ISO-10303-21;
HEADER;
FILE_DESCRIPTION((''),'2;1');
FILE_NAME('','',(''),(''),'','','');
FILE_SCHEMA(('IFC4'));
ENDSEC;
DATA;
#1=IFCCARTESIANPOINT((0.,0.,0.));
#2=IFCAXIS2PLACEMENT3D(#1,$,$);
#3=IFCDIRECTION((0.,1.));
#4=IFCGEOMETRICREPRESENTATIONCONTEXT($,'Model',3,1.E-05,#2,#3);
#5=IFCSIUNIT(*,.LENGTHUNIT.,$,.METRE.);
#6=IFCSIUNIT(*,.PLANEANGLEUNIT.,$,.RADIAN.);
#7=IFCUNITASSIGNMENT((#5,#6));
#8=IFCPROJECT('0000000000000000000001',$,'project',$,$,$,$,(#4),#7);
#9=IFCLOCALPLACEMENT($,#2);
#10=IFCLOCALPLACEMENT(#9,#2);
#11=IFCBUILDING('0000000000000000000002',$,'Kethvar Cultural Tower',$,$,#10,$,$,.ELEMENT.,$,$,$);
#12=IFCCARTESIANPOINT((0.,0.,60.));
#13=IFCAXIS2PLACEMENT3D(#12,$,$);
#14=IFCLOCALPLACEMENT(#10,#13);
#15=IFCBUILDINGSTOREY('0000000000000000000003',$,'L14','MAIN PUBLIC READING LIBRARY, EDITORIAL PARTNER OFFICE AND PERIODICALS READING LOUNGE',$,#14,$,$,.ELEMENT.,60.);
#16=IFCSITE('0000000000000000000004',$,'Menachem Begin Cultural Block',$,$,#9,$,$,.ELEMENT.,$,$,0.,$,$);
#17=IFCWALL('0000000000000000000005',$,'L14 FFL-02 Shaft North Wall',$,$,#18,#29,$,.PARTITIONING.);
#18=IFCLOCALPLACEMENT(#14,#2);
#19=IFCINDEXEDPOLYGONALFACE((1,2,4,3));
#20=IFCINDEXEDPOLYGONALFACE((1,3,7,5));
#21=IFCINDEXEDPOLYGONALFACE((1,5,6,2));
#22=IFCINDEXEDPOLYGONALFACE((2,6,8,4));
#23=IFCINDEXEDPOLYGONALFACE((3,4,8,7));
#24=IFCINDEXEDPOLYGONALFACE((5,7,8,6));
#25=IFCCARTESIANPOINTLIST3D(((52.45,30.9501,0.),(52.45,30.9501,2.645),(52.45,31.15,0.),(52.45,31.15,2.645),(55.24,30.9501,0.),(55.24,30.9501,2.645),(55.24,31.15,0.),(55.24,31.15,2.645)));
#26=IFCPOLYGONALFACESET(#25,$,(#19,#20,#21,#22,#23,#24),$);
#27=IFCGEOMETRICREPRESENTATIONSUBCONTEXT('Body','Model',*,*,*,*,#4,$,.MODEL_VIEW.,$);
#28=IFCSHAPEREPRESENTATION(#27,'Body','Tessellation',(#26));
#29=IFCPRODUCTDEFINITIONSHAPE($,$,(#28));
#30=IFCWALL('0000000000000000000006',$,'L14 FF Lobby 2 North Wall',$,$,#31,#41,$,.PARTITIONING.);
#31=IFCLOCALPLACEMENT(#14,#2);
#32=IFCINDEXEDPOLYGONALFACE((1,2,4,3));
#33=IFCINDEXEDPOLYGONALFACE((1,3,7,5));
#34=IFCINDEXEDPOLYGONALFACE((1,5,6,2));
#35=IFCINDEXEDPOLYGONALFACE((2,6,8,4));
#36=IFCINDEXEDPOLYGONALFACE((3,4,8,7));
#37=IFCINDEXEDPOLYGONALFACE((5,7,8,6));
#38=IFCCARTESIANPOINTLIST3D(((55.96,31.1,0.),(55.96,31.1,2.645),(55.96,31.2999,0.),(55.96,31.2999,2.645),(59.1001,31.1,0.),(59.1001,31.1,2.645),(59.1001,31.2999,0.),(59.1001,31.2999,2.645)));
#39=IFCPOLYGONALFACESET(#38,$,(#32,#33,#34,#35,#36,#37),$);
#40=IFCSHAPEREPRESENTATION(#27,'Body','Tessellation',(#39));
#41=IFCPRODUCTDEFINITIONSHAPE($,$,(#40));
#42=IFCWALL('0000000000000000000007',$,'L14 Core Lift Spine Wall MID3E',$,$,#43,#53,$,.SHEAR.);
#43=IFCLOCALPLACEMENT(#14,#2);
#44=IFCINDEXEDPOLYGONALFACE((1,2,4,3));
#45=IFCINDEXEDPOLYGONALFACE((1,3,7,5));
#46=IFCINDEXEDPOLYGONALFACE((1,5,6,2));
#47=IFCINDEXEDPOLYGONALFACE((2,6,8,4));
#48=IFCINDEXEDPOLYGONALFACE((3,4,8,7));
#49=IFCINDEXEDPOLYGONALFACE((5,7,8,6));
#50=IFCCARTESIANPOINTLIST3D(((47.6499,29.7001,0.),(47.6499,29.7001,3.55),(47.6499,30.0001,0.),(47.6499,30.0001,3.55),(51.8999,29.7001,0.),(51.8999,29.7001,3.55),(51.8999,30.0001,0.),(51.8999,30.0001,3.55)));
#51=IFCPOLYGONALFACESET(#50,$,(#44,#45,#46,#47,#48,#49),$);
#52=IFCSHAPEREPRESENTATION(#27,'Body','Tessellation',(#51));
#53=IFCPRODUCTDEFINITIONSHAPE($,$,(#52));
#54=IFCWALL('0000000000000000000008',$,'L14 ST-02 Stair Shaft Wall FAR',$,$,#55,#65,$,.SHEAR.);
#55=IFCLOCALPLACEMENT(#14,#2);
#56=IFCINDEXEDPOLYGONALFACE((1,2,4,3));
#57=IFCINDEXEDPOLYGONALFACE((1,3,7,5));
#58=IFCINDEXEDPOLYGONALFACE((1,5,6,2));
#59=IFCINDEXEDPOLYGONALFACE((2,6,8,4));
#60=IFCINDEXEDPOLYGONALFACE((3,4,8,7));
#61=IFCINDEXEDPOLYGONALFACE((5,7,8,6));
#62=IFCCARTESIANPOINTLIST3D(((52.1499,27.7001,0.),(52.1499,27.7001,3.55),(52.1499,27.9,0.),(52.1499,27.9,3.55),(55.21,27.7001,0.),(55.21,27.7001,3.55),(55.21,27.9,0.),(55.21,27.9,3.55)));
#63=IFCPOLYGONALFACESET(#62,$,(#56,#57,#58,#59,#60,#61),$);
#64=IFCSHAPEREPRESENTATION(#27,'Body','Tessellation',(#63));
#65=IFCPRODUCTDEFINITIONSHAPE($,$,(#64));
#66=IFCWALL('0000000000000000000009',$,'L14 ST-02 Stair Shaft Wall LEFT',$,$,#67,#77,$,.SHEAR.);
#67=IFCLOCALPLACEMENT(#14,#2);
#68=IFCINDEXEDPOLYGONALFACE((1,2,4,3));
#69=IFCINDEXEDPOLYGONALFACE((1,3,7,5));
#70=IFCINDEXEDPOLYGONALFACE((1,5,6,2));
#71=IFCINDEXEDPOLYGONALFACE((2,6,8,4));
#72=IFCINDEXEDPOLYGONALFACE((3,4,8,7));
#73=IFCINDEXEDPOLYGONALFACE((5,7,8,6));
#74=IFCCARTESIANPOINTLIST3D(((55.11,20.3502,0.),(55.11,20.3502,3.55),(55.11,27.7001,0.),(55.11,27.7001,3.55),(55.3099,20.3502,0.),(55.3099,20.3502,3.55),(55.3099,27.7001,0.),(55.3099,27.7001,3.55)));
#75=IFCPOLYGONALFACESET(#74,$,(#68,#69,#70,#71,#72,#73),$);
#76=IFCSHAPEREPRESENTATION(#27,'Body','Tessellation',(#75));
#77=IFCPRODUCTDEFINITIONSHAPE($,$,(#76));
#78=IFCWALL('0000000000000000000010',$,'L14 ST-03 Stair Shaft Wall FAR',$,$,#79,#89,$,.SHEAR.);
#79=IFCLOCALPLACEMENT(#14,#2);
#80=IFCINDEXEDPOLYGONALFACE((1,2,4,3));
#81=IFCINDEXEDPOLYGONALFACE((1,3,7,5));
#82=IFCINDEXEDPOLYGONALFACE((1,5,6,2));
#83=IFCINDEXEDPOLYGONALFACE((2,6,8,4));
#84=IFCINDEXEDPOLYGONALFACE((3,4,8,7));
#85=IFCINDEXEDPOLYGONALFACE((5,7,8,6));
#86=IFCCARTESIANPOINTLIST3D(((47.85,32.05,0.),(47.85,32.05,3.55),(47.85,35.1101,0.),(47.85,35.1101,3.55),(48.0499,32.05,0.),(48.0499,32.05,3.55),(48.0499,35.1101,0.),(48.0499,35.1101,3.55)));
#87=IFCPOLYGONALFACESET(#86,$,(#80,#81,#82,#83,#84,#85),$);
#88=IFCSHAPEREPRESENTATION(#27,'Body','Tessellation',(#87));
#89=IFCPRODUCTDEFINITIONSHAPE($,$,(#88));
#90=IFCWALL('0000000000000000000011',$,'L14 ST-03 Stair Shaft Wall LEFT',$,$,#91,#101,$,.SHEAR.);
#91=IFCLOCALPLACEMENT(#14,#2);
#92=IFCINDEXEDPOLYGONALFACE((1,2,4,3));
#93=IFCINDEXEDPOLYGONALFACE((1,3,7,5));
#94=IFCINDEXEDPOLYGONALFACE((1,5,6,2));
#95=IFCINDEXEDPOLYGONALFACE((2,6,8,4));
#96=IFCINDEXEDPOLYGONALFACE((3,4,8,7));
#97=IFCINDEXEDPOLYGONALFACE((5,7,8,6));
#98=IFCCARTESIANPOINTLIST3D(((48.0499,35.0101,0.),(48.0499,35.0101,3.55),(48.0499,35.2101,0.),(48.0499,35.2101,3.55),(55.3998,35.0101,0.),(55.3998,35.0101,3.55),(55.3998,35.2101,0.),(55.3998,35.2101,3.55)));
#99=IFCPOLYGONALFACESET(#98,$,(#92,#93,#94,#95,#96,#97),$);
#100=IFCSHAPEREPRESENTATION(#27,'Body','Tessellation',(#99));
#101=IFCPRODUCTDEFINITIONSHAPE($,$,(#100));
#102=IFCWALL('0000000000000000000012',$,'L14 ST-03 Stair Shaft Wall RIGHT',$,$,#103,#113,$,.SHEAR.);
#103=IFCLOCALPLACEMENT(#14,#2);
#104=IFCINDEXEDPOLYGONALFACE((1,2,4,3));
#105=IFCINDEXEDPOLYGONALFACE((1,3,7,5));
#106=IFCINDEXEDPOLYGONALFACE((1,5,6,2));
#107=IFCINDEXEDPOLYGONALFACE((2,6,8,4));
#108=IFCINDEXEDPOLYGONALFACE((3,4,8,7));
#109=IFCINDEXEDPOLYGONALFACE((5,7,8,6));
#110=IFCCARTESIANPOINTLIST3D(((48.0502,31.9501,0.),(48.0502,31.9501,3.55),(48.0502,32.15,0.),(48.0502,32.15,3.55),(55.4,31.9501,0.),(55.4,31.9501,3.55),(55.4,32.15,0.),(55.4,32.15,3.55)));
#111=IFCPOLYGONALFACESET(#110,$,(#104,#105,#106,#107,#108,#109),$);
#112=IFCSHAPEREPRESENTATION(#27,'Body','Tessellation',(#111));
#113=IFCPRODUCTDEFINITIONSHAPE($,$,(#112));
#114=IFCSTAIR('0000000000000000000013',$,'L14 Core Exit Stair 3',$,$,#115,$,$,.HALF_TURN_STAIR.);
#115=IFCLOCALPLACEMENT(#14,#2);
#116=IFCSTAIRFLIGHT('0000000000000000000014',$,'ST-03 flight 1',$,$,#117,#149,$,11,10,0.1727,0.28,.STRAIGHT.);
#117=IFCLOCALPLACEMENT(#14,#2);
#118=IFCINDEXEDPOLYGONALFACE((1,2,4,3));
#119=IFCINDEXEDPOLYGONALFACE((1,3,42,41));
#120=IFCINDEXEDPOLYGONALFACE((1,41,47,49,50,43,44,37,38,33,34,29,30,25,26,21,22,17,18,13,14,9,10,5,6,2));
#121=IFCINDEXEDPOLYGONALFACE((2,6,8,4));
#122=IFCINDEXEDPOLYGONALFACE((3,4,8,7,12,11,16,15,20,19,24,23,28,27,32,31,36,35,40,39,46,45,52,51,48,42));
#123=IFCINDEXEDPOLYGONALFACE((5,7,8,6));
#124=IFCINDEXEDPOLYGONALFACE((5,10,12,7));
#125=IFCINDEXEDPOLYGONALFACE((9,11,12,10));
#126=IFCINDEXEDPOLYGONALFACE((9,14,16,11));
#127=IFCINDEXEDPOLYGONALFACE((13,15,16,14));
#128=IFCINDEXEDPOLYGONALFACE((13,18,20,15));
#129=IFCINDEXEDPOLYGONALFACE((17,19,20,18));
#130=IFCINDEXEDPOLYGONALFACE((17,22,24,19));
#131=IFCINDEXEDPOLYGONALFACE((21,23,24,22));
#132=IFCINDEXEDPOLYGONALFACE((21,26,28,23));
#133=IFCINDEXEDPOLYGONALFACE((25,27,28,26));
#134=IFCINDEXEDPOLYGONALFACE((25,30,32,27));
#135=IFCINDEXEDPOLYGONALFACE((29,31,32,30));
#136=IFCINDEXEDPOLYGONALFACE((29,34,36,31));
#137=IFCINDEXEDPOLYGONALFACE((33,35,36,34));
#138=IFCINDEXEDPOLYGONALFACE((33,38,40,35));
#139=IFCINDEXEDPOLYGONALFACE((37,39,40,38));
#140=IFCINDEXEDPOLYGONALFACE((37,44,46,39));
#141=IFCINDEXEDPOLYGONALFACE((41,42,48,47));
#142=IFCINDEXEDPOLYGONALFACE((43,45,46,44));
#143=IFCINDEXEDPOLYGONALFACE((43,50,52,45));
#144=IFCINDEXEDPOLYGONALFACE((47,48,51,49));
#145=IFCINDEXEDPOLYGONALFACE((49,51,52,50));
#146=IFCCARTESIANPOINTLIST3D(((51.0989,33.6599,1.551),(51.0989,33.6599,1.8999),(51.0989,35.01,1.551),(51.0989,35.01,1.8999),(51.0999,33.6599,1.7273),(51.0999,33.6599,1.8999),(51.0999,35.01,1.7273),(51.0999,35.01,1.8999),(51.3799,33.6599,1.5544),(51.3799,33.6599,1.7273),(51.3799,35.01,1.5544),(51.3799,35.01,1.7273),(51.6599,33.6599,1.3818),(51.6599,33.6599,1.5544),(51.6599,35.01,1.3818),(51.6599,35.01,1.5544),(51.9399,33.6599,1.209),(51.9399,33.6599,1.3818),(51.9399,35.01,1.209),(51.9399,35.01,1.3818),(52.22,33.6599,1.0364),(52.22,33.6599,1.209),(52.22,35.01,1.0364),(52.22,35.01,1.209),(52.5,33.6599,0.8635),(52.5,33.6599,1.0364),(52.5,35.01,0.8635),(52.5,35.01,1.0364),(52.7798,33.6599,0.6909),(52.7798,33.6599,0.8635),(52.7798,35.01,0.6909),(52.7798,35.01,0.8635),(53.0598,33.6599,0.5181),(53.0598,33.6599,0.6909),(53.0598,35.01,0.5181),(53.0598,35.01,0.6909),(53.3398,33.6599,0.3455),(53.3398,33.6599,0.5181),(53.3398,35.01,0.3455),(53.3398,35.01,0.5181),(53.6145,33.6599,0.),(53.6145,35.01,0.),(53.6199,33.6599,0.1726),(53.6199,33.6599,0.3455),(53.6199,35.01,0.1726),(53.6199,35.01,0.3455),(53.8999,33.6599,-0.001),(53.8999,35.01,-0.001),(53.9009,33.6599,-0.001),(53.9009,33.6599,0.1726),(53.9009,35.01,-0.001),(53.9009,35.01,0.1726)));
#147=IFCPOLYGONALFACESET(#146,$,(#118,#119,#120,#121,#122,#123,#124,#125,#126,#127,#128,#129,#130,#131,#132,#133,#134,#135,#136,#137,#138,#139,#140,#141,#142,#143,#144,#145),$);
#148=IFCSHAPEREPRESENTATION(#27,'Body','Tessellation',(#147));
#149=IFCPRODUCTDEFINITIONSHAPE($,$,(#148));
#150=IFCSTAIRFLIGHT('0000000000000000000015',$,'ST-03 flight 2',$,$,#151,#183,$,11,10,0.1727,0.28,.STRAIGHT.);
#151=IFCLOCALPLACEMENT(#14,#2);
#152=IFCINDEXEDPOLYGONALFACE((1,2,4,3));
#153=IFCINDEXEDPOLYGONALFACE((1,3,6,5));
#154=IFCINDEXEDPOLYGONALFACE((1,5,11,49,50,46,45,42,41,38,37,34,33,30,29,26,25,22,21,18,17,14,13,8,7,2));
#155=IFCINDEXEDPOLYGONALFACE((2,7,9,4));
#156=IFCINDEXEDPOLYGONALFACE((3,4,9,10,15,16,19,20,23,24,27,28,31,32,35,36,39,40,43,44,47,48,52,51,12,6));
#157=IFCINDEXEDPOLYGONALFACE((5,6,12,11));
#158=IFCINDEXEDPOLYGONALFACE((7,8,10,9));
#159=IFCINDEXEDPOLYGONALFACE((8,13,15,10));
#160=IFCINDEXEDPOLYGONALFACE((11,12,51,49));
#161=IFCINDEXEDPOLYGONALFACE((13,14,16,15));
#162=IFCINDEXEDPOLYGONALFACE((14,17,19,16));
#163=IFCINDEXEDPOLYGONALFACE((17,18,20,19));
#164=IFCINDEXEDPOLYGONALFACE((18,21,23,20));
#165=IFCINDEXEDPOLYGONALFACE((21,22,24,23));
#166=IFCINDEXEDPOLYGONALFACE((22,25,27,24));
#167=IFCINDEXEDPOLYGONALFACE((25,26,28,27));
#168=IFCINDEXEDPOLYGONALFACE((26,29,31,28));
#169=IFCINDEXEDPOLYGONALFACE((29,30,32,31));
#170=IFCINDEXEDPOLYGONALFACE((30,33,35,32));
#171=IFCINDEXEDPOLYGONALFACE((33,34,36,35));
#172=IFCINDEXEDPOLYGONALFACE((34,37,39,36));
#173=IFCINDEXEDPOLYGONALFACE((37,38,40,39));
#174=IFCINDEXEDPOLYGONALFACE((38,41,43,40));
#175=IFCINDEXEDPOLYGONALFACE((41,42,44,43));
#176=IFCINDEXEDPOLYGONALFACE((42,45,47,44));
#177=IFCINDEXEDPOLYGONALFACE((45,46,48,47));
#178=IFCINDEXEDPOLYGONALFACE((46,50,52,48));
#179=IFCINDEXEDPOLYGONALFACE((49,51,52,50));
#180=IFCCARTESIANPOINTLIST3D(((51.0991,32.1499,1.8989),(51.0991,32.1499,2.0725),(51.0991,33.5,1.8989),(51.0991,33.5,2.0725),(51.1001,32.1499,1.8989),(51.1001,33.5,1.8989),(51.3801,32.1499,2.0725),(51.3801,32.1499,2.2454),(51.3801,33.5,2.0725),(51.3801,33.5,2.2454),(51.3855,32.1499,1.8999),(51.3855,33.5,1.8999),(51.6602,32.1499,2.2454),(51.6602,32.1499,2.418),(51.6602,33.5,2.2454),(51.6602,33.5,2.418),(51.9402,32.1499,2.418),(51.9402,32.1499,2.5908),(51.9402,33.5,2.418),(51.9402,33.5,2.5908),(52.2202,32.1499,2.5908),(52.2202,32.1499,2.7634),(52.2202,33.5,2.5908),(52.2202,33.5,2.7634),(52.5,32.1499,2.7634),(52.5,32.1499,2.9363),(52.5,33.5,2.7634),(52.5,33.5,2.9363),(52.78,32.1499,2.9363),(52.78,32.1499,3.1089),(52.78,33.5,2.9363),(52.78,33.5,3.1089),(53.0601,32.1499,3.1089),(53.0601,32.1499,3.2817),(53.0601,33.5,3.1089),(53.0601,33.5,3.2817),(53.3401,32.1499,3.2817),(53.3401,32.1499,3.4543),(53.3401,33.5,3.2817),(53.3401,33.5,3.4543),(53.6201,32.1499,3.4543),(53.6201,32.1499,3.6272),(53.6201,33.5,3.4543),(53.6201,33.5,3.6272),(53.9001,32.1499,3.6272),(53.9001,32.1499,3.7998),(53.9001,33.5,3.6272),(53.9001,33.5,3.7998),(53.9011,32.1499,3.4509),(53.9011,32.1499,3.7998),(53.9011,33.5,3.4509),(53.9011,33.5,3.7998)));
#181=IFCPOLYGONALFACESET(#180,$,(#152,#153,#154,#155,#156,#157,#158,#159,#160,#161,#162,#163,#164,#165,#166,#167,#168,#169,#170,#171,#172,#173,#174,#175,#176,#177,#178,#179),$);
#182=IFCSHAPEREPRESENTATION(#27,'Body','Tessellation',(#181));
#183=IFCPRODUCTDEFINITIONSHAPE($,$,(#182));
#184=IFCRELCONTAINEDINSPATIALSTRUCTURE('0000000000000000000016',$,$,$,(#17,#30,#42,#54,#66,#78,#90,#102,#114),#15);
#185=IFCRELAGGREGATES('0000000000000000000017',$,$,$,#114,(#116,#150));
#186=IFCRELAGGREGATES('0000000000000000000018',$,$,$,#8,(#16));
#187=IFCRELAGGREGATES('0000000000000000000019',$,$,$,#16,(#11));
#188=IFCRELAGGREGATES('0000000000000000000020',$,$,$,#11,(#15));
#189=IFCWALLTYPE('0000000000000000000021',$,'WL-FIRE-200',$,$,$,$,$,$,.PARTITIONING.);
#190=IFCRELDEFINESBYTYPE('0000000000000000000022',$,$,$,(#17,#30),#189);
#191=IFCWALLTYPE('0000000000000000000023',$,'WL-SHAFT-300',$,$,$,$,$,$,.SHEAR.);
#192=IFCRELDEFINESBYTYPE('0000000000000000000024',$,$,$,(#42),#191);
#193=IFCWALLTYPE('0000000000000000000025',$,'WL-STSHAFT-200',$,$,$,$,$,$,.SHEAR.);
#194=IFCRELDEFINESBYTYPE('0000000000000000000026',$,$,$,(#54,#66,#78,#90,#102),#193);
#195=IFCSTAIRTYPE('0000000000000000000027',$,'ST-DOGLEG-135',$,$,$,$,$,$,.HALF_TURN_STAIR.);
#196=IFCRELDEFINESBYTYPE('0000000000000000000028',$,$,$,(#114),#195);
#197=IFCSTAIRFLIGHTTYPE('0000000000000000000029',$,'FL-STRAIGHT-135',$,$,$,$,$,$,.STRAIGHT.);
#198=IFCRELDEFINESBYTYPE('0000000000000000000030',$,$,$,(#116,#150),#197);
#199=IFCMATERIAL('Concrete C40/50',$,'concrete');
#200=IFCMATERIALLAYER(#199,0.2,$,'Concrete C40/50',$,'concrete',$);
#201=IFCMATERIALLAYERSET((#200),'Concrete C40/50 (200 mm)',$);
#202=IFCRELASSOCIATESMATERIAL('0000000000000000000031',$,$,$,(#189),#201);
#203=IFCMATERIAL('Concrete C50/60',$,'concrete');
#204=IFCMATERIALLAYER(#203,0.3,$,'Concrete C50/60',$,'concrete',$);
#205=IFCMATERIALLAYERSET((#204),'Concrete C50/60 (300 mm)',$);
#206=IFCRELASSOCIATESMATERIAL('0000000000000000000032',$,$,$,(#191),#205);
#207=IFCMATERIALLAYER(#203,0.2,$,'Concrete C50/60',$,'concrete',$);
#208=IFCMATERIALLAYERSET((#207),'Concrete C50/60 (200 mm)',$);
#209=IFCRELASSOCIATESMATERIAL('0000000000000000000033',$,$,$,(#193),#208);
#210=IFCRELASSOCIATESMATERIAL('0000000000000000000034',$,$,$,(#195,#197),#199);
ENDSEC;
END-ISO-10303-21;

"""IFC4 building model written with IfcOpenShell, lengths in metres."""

from ifc_helpers import new_model, si_unit, direction, frame, frame_2d, origin, place, context, subcontext, project, spatial, polyline, rectangle, outline, extrude, material, layer, layer_set, type_object, element, aggregate, save


model = new_model("IFC4")

# Units and contexts
model_context = context("Model", 3, precision=1e-05, world=origin(), true_north=direction((0.0, 1.0)))
body_context = subcontext(model_context, "Body", "Model", "MODEL_VIEW")
ifc_project = project(units=[si_unit("LENGTHUNIT", "METRE"), si_unit("PLANEANGLEUNIT", "RADIAN")], contexts=[model_context])

# Site, building, storey
site_placement = place(None, origin())
site = spatial("IfcSite", under=ifc_project, at=site_placement, Name="Menachem Begin Cultural Block", CompositionType="ELEMENT", RefElevation=0.0)
building_placement = place(site_placement, origin())
building = spatial("IfcBuilding", under=site, at=building_placement, Name="Kethvar Cultural Tower", CompositionType="ELEMENT")
storey_placement = place(building_placement, frame((0.0, 0.0, 60.0)))
storey = spatial("IfcBuildingStorey", under=building, at=storey_placement, Name="L14", Description="MAIN PUBLIC READING LIBRARY, EDITORIAL PARTNER OFFICE AND PERIODICALS READING LOUNGE", CompositionType="ELEMENT", Elevation=60.0)

# Walls
ifc_material_1 = material(Name="Concrete C40/50", Category="concrete")
ifc_layer_1 = layer(ifc_material_1, 0.2, Name="Concrete C40/50", Category="concrete")
ifc_layer_set_1 = layer_set([ifc_layer_1], Name="Concrete C40/50 (200 mm)")
wall_type_1 = type_object("IfcWallType", Name="WL-FIRE-200", PredefinedType="PARTITIONING", material=ifc_layer_set_1)
for number, where, z_axis, x_axis, name in (
    (1, (52.45, 31.05, 0.0), (0.0, 0.0, 1.0), (1.0, 0.0, 0.0), "L14 FFL-02 Shaft North Wall"),
):
    element("IfcWall", number, at=place(storey_placement, frame(where, z_axis=z_axis, x_axis=x_axis)), inside=storey, type_object=wall_type_1, Name=name, PredefinedType="PARTITIONING", context=body_context, shape_type="SweptSolid", body=[
        extrude(rectangle(XDim=2.79, YDim=0.2, at=frame_2d((1.395, 0.0))), origin(), (0.0, 0.0, 1.0), 2.645),
    ])
wall_1_placement = place(storey_placement, frame((55.96, 31.2, 0.0), z_axis=(0.0, 0.0, 1.0), x_axis=(1.0, 0.0, 0.0)))
element("IfcWall", 2, at=wall_1_placement, inside=storey, type_object=wall_type_1, Name="L14 FF Lobby 2 North Wall", PredefinedType="PARTITIONING", context=body_context, shape_type="SweptSolid", body=[
    extrude(rectangle(XDim=3.1401, YDim=0.2, at=frame_2d((1.5701, 0.0))), origin(), (0.0, 0.0, 1.0), 2.645),
])
ifc_material_2 = material(Name="Concrete C50/60", Category="concrete")
ifc_layer_2 = layer(ifc_material_2, 0.3, Name="Concrete C50/60", Category="concrete")
ifc_layer_set_2 = layer_set([ifc_layer_2], Name="Concrete C50/60 (300 mm)")
wall_type_2 = type_object("IfcWallType", Name="WL-SHAFT-300", PredefinedType="SHEAR", material=ifc_layer_set_2)
wall_2_placement = place(storey_placement, frame((47.6499, 29.8501, 0.0), z_axis=(0.0, 0.0, 1.0), x_axis=(1.0, 0.0, 0.0)))
element("IfcWall", 3, at=wall_2_placement, inside=storey, type_object=wall_type_2, Name="L14 Core Lift Spine Wall MID3E", PredefinedType="SHEAR", context=body_context, shape_type="SweptSolid", body=[
    extrude(rectangle(XDim=4.25, YDim=0.3, at=frame_2d((2.125, 0.0))), origin(), (0.0, 0.0, 1.0), 3.55),
])
ifc_layer_3 = layer(ifc_material_2, 0.2, Name="Concrete C50/60", Category="concrete")
ifc_layer_set_3 = layer_set([ifc_layer_3], Name="Concrete C50/60 (200 mm)")
wall_type_3 = type_object("IfcWallType", Name="WL-STSHAFT-200", PredefinedType="SHEAR", material=ifc_layer_set_3)
wall_3_placement = place(storey_placement, frame((52.1499, 27.8, 0.0), z_axis=(0.0, 0.0, 1.0), x_axis=(1.0, 0.0, 0.0)))
element("IfcWall", 4, at=wall_3_placement, inside=storey, type_object=wall_type_3, Name="L14 ST-02 Stair Shaft Wall FAR", PredefinedType="SHEAR", context=body_context, shape_type="SweptSolid", body=[
    extrude(rectangle(XDim=3.0601, YDim=0.2, at=frame_2d((1.53, 0.0))), origin(), (0.0, 0.0, 1.0), 3.55),
])
wall_4_placement = place(storey_placement, frame((55.21, 27.7, 0.0), z_axis=(0.0, 0.0, 1.0), x_axis=(0.0, -1.0, 0.0)))
element("IfcWall", 5, at=wall_4_placement, inside=storey, type_object=wall_type_3, Name="L14 ST-02 Stair Shaft Wall LEFT", PredefinedType="SHEAR", context=body_context, shape_type="SweptSolid", body=[
    extrude(rectangle(XDim=7.3499, YDim=0.2, at=frame_2d((3.6748, 0.0))), origin(), (0.0, 0.0, 1.0), 3.55),
])
wall_5_placement = place(storey_placement, frame((47.95, 32.05, 0.0), z_axis=(0.0, 0.0, 1.0), x_axis=(0.0, 1.0, 0.0)))
element("IfcWall", 6, at=wall_5_placement, inside=storey, type_object=wall_type_3, Name="L14 ST-03 Stair Shaft Wall FAR", PredefinedType="SHEAR", context=body_context, shape_type="SweptSolid", body=[
    extrude(rectangle(XDim=3.0601, YDim=0.2, at=frame_2d((1.53, 0.0))), origin(), (0.0, 0.0, 1.0), 3.55),
])
for number, where, z_axis, x_axis, name in (
    (7, (48.05, 35.1101, 0.0), (0.0, 0.0, 1.0), (1.0, 0.0, 0.0), "L14 ST-03 Stair Shaft Wall LEFT"),
    (8, (55.3999, 32.05, 0.0), (0.0, 0.0, 1.0), (-1.0, 0.0, 0.0), "L14 ST-03 Stair Shaft Wall RIGHT"),
):
    element("IfcWall", number, at=place(storey_placement, frame(where, z_axis=z_axis, x_axis=x_axis)), inside=storey, type_object=wall_type_3, Name=name, PredefinedType="SHEAR", context=body_context, shape_type="SweptSolid", body=[
        extrude(rectangle(XDim=7.3499, YDim=0.2, at=frame_2d((3.6748, 0.0))), origin(), (0.0, 0.0, 1.0), 3.55),
    ])

# Stair, stair flights
stair_type = type_object("IfcStairType", Name="ST-DOGLEG-135", PredefinedType="HALF_TURN_STAIR", material=ifc_material_1)
stair_placement = place(storey_placement, origin())
stair = element("IfcStair", 9, at=stair_placement, inside=storey, type_object=stair_type, Name="L14 Core Exit Stair 3", PredefinedType="HALF_TURN_STAIR")
stair_flight_type = type_object("IfcStairFlightType", Name="FL-STRAIGHT-135", PredefinedType="STRAIGHT", material=ifc_material_1)
stair_flight_1_placement = place(storey_placement, frame((53.8999, 34.335, 0.0), z_axis=(0.0, 0.0, 1.0), x_axis=(-1.0, 0.0, 0.0)))
stair_flight_1 = element("IfcStairFlight", 10, at=stair_flight_1_placement, type_object=stair_flight_type, Name="ST-03 flight 1", NumberOfRisers=11, NumberOfTreads=10, PredefinedType="STRAIGHT", RiserHeight=0.1727, TreadLength=0.28, context=body_context, shape_type="SweptSolid", body=[
    extrude(outline(polyline([(-0.001, -0.001), (-0.001, 0.1726), (0.28, 0.1726), (0.28, 0.3455), (0.5601, 0.3455), (0.5601, 0.5181), (0.8401, 0.5181), (0.8401, 0.6909), (1.1201, 0.6909), (1.1201, 0.8635), (1.3999, 0.8635), (1.3999, 1.0364), (1.6799, 1.0364), (1.6799, 1.209), (1.96, 1.209), (1.96, 1.3818), (2.24, 1.3818), (2.24, 1.5544), (2.52, 1.5544), (2.52, 1.7273), (2.8, 1.7273), (2.8, 1.8999), (2.801, 1.8999), (2.801, 1.551), (0.2854, 0.0), (0.0, -0.001), (-0.001, -0.001)])), frame((0.0, 0.675, 0.0), z_axis=(0.0, -1.0, 0.0), x_axis=(1.0, 0.0, 0.0)), (0.0, 0.0, 1.0), 1.3501),
])
stair_flight_2_placement = place(storey_placement, frame((51.1001, 32.825, 1.8999), z_axis=(0.0, 0.0, 1.0), x_axis=(1.0, 0.0, 0.0)))
stair_flight_2 = element("IfcStairFlight", 11, at=stair_flight_2_placement, type_object=stair_flight_type, Name="ST-03 flight 2", NumberOfRisers=11, NumberOfTreads=10, PredefinedType="STRAIGHT", RiserHeight=0.1727, TreadLength=0.28, context=body_context, shape_type="SweptSolid", body=[
    extrude(outline(polyline([(-0.001, -0.001), (-0.001, 0.1726), (0.28, 0.1726), (0.28, 0.3455), (0.5601, 0.3455), (0.5601, 0.5181), (0.8401, 0.5181), (0.8401, 0.6909), (1.1201, 0.6909), (1.1201, 0.8635), (1.3999, 0.8635), (1.3999, 1.0364), (1.6799, 1.0364), (1.6799, 1.209), (1.96, 1.209), (1.96, 1.3818), (2.24, 1.3818), (2.24, 1.5544), (2.52, 1.5544), (2.52, 1.7273), (2.8, 1.7273), (2.8, 1.8999), (2.801, 1.8999), (2.801, 1.551), (0.2854, 0.0), (0.0, -0.001), (-0.001, -0.001)])), frame((0.0, 0.675, 0.0), z_axis=(0.0, -1.0, 0.0), x_axis=(1.0, 0.0, 0.0)), (0.0, 0.0, 1.0), 1.3501),
])
aggregate(stair, [stair_flight_1, stair_flight_2])

save(model, "model.ifc")
